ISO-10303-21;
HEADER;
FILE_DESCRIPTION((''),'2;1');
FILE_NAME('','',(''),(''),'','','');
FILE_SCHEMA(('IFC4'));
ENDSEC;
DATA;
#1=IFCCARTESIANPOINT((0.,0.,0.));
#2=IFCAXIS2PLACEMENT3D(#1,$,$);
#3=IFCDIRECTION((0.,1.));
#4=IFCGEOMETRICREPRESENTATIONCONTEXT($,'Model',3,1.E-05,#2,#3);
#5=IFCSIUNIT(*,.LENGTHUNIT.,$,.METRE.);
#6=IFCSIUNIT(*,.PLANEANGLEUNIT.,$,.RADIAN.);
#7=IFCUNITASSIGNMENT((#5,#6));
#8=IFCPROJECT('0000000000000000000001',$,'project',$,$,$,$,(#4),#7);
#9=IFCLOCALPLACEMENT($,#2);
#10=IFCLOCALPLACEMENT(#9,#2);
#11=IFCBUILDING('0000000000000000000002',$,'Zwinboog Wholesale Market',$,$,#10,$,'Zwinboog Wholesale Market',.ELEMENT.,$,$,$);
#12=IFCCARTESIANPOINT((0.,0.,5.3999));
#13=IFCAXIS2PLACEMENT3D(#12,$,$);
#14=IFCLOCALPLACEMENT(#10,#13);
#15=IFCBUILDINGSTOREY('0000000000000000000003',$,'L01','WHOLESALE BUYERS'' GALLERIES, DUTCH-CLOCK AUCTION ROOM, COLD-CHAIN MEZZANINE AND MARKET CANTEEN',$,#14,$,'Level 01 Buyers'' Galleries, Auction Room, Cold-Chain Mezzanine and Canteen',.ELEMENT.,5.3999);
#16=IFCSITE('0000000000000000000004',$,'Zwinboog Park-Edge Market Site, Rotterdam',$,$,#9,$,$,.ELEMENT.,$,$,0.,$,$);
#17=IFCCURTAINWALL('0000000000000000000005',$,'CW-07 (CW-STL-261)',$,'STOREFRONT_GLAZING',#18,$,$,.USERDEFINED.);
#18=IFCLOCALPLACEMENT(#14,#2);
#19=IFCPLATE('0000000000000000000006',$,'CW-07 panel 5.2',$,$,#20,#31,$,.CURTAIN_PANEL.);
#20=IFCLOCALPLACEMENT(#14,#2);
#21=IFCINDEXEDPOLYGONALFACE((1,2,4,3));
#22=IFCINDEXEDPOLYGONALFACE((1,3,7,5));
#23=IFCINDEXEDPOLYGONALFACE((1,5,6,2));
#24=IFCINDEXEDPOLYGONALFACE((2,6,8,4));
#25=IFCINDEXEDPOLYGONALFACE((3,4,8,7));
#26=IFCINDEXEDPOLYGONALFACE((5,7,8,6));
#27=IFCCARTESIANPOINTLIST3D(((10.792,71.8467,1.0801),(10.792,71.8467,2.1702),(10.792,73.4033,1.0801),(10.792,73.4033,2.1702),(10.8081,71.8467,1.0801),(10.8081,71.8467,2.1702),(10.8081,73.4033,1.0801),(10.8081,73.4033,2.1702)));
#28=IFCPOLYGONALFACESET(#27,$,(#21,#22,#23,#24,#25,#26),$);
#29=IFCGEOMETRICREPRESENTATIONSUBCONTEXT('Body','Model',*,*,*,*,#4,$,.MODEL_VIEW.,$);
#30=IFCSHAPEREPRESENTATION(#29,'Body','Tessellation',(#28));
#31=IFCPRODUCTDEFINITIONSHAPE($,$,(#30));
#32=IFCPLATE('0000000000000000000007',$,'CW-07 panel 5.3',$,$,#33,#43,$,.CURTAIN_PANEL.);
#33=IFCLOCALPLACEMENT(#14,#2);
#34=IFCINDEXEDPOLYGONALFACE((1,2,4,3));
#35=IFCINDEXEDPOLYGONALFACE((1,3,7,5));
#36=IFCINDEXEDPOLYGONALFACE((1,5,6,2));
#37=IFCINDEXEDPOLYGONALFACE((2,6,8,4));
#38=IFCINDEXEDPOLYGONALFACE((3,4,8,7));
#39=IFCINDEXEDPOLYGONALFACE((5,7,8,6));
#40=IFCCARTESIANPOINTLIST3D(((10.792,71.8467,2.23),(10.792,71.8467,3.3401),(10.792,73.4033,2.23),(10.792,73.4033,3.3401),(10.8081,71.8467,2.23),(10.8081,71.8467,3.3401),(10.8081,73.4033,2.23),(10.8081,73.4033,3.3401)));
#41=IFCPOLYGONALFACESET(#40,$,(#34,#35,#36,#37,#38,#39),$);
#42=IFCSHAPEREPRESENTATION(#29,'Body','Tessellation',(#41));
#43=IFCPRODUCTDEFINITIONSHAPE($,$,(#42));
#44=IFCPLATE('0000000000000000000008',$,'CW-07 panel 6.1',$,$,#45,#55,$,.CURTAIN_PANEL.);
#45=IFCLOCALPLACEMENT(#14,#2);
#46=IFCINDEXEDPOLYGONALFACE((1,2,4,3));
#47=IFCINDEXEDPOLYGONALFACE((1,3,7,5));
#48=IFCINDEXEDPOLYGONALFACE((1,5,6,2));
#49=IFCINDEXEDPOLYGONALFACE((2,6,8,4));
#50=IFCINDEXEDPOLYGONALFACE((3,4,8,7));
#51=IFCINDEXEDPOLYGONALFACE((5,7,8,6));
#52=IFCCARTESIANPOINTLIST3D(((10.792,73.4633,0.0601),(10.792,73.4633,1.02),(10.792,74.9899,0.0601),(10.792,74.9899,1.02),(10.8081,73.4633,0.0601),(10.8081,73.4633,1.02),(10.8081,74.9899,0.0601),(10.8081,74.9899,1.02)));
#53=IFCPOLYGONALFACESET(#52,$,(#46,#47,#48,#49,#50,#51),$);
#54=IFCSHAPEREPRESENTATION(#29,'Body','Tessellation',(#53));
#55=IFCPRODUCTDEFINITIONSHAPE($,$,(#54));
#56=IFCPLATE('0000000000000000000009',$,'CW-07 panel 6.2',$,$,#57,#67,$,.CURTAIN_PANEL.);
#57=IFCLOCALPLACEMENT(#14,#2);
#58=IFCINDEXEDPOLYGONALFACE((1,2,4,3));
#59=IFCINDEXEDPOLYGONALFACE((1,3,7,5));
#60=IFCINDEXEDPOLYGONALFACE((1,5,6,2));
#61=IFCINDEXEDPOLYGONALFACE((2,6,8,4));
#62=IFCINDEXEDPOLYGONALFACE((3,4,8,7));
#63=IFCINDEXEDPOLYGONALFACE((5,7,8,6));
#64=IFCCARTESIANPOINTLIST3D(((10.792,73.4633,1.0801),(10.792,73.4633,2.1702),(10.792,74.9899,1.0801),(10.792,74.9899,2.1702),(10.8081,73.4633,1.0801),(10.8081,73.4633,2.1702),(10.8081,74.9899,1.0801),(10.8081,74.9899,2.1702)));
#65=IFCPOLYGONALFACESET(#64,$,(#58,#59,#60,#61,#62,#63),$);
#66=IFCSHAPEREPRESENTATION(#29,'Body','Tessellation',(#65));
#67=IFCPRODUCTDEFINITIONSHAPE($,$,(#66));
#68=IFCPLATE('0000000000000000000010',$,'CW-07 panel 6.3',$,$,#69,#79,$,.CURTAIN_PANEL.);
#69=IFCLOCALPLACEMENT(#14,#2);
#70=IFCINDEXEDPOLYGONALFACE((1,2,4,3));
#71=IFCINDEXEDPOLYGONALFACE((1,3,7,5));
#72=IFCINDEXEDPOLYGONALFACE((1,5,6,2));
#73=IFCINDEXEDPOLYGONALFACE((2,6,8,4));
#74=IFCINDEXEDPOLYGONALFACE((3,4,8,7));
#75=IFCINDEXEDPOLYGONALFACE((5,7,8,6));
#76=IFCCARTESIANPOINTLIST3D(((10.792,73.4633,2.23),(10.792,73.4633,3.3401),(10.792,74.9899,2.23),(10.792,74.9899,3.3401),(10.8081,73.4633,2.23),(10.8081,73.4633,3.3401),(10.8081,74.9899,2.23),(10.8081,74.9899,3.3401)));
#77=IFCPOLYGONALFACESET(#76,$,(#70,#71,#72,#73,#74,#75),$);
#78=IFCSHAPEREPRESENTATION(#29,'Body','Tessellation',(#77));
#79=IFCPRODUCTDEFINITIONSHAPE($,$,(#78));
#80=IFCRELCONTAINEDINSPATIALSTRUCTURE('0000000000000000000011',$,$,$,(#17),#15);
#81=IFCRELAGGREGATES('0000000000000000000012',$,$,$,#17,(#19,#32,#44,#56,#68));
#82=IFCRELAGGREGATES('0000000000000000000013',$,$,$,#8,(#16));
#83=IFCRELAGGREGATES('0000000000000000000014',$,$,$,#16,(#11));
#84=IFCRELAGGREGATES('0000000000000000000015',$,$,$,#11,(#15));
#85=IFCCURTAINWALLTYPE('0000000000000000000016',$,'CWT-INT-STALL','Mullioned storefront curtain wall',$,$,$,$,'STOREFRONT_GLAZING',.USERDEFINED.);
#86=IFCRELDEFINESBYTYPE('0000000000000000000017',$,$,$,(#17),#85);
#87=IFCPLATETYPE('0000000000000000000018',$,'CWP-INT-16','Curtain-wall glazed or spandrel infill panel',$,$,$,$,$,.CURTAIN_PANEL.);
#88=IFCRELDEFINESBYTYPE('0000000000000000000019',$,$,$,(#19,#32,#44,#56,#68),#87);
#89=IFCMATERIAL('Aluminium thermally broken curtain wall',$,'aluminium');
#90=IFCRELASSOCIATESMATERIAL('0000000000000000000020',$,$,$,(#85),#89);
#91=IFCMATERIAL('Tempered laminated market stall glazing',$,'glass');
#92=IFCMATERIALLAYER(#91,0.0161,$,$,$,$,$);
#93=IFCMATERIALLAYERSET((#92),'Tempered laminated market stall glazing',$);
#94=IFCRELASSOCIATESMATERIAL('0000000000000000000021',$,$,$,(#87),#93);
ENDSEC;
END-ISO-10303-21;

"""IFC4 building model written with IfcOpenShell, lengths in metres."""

from ifc_helpers import new_model, si_unit, direction, frame, origin, origin_2d, place, context, subcontext, project, spatial, rectangle, extrude, material, layer, layer_set, type_object, element, aggregate, save


model = new_model("IFC4")

# Units and contexts
model_context = context("Model", 3, precision=1e-05, world=origin(), true_north=direction((0.0, 1.0)))
body_context = subcontext(model_context, "Body", "Model", "MODEL_VIEW")
ifc_project = project(units=[si_unit("LENGTHUNIT", "METRE"), si_unit("PLANEANGLEUNIT", "RADIAN")], contexts=[model_context])

# Site, building, storey
site_placement = place(None, origin())
site = spatial("IfcSite", under=ifc_project, at=site_placement, Name="Zwinboog Park-Edge Market Site, Rotterdam", CompositionType="ELEMENT", RefElevation=0.0)
building_placement = place(site_placement, origin())
building = spatial("IfcBuilding", under=site, at=building_placement, Name="Zwinboog Wholesale Market", LongName="Zwinboog Wholesale Market", CompositionType="ELEMENT")
storey_placement = place(building_placement, frame((0.0, 0.0, 5.3999)))
storey = spatial("IfcBuildingStorey", under=building, at=storey_placement, Name="L01", Description="WHOLESALE BUYERS' GALLERIES, DUTCH-CLOCK AUCTION ROOM, COLD-CHAIN MEZZANINE AND MARKET CANTEEN", LongName="Level 01 Buyers' Galleries, Auction Room, Cold-Chain Mezzanine and Canteen", CompositionType="ELEMENT", Elevation=5.3999)

# Curtain wall
ifc_material_1 = material(Name="Aluminium thermally broken curtain wall", Category="aluminium")
curtain_wall_type = type_object("IfcCurtainWallType", Name="CWT-INT-STALL", Description="Mullioned storefront curtain wall", ElementType="STOREFRONT_GLAZING", PredefinedType="USERDEFINED", material=ifc_material_1)
curtain_wall_1_placement = place(storey_placement, origin())
curtain_wall_1 = element("IfcCurtainWall", 1, at=curtain_wall_1_placement, inside=storey, type_object=curtain_wall_type, Name="CW-07 (CW-STL-261)", ObjectType="STOREFRONT_GLAZING", PredefinedType="USERDEFINED")

# Plates
ifc_material_2 = material(Name="Tempered laminated market stall glazing", Category="glass")
ifc_layer = layer(ifc_material_2, 0.0161)
ifc_layer_set = layer_set([ifc_layer], Name="Tempered laminated market stall glazing")
plate_type = type_object("IfcPlateType", Name="CWP-INT-16", Description="Curtain-wall glazed or spandrel infill panel", PredefinedType="CURTAIN_PANEL", material=ifc_layer_set)
plate_1_placement = place(storey_placement, frame((10.8, 72.625, 1.0801), z_axis=(0.0, 0.0, 1.0), x_axis=(0.0, 1.0, 0.0)))
plate_1 = element("IfcPlate", 2, at=plate_1_placement, type_object=plate_type, Name="CW-07 panel 5.2", PredefinedType="CURTAIN_PANEL", context=body_context, shape_type="SweptSolid", body=[
    extrude(rectangle(XDim=1.5566, YDim=0.0161, at=origin_2d()), origin(), (0.0, 0.0, 1.0), 1.0901),
])
plate_2_placement = place(storey_placement, frame((10.8, 72.625, 2.23), z_axis=(0.0, 0.0, 1.0), x_axis=(0.0, 1.0, 0.0)))
plate_2 = element("IfcPlate", 3, at=plate_2_placement, type_object=plate_type, Name="CW-07 panel 5.3", PredefinedType="CURTAIN_PANEL", context=body_context, shape_type="SweptSolid", body=[
    extrude(rectangle(XDim=1.5566, YDim=0.0161, at=origin_2d()), origin(), (0.0, 0.0, 1.0), 1.1101),
])
plate_3_placement = place(storey_placement, frame((10.8, 74.2266, 0.0601), z_axis=(0.0, 0.0, 1.0), x_axis=(0.0, 1.0, 0.0)))
plate_3 = element("IfcPlate", 4, at=plate_3_placement, type_object=plate_type, Name="CW-07 panel 6.1", PredefinedType="CURTAIN_PANEL", context=body_context, shape_type="SweptSolid", body=[
    extrude(rectangle(XDim=1.5266, YDim=0.0161, at=origin_2d()), origin(), (0.0, 0.0, 1.0), 0.96),
])
plate_4_placement = place(storey_placement, frame((10.8, 74.2266, 1.0801), z_axis=(0.0, 0.0, 1.0), x_axis=(0.0, 1.0, 0.0)))
plate_4 = element("IfcPlate", 5, at=plate_4_placement, type_object=plate_type, Name="CW-07 panel 6.2", PredefinedType="CURTAIN_PANEL", context=body_context, shape_type="SweptSolid", body=[
    extrude(rectangle(XDim=1.5266, YDim=0.0161, at=origin_2d()), origin(), (0.0, 0.0, 1.0), 1.0901),
])
plate_5_placement = place(storey_placement, frame((10.8, 74.2266, 2.23), z_axis=(0.0, 0.0, 1.0), x_axis=(0.0, 1.0, 0.0)))
plate_5 = element("IfcPlate", 6, at=plate_5_placement, type_object=plate_type, Name="CW-07 panel 6.3", PredefinedType="CURTAIN_PANEL", context=body_context, shape_type="SweptSolid", body=[
    extrude(rectangle(XDim=1.5266, YDim=0.0161, at=origin_2d()), origin(), (0.0, 0.0, 1.0), 1.1101),
])
aggregate(curtain_wall_1, [plate_1, plate_2, plate_3, plate_4, plate_5])

save(model, "model.ifc")
